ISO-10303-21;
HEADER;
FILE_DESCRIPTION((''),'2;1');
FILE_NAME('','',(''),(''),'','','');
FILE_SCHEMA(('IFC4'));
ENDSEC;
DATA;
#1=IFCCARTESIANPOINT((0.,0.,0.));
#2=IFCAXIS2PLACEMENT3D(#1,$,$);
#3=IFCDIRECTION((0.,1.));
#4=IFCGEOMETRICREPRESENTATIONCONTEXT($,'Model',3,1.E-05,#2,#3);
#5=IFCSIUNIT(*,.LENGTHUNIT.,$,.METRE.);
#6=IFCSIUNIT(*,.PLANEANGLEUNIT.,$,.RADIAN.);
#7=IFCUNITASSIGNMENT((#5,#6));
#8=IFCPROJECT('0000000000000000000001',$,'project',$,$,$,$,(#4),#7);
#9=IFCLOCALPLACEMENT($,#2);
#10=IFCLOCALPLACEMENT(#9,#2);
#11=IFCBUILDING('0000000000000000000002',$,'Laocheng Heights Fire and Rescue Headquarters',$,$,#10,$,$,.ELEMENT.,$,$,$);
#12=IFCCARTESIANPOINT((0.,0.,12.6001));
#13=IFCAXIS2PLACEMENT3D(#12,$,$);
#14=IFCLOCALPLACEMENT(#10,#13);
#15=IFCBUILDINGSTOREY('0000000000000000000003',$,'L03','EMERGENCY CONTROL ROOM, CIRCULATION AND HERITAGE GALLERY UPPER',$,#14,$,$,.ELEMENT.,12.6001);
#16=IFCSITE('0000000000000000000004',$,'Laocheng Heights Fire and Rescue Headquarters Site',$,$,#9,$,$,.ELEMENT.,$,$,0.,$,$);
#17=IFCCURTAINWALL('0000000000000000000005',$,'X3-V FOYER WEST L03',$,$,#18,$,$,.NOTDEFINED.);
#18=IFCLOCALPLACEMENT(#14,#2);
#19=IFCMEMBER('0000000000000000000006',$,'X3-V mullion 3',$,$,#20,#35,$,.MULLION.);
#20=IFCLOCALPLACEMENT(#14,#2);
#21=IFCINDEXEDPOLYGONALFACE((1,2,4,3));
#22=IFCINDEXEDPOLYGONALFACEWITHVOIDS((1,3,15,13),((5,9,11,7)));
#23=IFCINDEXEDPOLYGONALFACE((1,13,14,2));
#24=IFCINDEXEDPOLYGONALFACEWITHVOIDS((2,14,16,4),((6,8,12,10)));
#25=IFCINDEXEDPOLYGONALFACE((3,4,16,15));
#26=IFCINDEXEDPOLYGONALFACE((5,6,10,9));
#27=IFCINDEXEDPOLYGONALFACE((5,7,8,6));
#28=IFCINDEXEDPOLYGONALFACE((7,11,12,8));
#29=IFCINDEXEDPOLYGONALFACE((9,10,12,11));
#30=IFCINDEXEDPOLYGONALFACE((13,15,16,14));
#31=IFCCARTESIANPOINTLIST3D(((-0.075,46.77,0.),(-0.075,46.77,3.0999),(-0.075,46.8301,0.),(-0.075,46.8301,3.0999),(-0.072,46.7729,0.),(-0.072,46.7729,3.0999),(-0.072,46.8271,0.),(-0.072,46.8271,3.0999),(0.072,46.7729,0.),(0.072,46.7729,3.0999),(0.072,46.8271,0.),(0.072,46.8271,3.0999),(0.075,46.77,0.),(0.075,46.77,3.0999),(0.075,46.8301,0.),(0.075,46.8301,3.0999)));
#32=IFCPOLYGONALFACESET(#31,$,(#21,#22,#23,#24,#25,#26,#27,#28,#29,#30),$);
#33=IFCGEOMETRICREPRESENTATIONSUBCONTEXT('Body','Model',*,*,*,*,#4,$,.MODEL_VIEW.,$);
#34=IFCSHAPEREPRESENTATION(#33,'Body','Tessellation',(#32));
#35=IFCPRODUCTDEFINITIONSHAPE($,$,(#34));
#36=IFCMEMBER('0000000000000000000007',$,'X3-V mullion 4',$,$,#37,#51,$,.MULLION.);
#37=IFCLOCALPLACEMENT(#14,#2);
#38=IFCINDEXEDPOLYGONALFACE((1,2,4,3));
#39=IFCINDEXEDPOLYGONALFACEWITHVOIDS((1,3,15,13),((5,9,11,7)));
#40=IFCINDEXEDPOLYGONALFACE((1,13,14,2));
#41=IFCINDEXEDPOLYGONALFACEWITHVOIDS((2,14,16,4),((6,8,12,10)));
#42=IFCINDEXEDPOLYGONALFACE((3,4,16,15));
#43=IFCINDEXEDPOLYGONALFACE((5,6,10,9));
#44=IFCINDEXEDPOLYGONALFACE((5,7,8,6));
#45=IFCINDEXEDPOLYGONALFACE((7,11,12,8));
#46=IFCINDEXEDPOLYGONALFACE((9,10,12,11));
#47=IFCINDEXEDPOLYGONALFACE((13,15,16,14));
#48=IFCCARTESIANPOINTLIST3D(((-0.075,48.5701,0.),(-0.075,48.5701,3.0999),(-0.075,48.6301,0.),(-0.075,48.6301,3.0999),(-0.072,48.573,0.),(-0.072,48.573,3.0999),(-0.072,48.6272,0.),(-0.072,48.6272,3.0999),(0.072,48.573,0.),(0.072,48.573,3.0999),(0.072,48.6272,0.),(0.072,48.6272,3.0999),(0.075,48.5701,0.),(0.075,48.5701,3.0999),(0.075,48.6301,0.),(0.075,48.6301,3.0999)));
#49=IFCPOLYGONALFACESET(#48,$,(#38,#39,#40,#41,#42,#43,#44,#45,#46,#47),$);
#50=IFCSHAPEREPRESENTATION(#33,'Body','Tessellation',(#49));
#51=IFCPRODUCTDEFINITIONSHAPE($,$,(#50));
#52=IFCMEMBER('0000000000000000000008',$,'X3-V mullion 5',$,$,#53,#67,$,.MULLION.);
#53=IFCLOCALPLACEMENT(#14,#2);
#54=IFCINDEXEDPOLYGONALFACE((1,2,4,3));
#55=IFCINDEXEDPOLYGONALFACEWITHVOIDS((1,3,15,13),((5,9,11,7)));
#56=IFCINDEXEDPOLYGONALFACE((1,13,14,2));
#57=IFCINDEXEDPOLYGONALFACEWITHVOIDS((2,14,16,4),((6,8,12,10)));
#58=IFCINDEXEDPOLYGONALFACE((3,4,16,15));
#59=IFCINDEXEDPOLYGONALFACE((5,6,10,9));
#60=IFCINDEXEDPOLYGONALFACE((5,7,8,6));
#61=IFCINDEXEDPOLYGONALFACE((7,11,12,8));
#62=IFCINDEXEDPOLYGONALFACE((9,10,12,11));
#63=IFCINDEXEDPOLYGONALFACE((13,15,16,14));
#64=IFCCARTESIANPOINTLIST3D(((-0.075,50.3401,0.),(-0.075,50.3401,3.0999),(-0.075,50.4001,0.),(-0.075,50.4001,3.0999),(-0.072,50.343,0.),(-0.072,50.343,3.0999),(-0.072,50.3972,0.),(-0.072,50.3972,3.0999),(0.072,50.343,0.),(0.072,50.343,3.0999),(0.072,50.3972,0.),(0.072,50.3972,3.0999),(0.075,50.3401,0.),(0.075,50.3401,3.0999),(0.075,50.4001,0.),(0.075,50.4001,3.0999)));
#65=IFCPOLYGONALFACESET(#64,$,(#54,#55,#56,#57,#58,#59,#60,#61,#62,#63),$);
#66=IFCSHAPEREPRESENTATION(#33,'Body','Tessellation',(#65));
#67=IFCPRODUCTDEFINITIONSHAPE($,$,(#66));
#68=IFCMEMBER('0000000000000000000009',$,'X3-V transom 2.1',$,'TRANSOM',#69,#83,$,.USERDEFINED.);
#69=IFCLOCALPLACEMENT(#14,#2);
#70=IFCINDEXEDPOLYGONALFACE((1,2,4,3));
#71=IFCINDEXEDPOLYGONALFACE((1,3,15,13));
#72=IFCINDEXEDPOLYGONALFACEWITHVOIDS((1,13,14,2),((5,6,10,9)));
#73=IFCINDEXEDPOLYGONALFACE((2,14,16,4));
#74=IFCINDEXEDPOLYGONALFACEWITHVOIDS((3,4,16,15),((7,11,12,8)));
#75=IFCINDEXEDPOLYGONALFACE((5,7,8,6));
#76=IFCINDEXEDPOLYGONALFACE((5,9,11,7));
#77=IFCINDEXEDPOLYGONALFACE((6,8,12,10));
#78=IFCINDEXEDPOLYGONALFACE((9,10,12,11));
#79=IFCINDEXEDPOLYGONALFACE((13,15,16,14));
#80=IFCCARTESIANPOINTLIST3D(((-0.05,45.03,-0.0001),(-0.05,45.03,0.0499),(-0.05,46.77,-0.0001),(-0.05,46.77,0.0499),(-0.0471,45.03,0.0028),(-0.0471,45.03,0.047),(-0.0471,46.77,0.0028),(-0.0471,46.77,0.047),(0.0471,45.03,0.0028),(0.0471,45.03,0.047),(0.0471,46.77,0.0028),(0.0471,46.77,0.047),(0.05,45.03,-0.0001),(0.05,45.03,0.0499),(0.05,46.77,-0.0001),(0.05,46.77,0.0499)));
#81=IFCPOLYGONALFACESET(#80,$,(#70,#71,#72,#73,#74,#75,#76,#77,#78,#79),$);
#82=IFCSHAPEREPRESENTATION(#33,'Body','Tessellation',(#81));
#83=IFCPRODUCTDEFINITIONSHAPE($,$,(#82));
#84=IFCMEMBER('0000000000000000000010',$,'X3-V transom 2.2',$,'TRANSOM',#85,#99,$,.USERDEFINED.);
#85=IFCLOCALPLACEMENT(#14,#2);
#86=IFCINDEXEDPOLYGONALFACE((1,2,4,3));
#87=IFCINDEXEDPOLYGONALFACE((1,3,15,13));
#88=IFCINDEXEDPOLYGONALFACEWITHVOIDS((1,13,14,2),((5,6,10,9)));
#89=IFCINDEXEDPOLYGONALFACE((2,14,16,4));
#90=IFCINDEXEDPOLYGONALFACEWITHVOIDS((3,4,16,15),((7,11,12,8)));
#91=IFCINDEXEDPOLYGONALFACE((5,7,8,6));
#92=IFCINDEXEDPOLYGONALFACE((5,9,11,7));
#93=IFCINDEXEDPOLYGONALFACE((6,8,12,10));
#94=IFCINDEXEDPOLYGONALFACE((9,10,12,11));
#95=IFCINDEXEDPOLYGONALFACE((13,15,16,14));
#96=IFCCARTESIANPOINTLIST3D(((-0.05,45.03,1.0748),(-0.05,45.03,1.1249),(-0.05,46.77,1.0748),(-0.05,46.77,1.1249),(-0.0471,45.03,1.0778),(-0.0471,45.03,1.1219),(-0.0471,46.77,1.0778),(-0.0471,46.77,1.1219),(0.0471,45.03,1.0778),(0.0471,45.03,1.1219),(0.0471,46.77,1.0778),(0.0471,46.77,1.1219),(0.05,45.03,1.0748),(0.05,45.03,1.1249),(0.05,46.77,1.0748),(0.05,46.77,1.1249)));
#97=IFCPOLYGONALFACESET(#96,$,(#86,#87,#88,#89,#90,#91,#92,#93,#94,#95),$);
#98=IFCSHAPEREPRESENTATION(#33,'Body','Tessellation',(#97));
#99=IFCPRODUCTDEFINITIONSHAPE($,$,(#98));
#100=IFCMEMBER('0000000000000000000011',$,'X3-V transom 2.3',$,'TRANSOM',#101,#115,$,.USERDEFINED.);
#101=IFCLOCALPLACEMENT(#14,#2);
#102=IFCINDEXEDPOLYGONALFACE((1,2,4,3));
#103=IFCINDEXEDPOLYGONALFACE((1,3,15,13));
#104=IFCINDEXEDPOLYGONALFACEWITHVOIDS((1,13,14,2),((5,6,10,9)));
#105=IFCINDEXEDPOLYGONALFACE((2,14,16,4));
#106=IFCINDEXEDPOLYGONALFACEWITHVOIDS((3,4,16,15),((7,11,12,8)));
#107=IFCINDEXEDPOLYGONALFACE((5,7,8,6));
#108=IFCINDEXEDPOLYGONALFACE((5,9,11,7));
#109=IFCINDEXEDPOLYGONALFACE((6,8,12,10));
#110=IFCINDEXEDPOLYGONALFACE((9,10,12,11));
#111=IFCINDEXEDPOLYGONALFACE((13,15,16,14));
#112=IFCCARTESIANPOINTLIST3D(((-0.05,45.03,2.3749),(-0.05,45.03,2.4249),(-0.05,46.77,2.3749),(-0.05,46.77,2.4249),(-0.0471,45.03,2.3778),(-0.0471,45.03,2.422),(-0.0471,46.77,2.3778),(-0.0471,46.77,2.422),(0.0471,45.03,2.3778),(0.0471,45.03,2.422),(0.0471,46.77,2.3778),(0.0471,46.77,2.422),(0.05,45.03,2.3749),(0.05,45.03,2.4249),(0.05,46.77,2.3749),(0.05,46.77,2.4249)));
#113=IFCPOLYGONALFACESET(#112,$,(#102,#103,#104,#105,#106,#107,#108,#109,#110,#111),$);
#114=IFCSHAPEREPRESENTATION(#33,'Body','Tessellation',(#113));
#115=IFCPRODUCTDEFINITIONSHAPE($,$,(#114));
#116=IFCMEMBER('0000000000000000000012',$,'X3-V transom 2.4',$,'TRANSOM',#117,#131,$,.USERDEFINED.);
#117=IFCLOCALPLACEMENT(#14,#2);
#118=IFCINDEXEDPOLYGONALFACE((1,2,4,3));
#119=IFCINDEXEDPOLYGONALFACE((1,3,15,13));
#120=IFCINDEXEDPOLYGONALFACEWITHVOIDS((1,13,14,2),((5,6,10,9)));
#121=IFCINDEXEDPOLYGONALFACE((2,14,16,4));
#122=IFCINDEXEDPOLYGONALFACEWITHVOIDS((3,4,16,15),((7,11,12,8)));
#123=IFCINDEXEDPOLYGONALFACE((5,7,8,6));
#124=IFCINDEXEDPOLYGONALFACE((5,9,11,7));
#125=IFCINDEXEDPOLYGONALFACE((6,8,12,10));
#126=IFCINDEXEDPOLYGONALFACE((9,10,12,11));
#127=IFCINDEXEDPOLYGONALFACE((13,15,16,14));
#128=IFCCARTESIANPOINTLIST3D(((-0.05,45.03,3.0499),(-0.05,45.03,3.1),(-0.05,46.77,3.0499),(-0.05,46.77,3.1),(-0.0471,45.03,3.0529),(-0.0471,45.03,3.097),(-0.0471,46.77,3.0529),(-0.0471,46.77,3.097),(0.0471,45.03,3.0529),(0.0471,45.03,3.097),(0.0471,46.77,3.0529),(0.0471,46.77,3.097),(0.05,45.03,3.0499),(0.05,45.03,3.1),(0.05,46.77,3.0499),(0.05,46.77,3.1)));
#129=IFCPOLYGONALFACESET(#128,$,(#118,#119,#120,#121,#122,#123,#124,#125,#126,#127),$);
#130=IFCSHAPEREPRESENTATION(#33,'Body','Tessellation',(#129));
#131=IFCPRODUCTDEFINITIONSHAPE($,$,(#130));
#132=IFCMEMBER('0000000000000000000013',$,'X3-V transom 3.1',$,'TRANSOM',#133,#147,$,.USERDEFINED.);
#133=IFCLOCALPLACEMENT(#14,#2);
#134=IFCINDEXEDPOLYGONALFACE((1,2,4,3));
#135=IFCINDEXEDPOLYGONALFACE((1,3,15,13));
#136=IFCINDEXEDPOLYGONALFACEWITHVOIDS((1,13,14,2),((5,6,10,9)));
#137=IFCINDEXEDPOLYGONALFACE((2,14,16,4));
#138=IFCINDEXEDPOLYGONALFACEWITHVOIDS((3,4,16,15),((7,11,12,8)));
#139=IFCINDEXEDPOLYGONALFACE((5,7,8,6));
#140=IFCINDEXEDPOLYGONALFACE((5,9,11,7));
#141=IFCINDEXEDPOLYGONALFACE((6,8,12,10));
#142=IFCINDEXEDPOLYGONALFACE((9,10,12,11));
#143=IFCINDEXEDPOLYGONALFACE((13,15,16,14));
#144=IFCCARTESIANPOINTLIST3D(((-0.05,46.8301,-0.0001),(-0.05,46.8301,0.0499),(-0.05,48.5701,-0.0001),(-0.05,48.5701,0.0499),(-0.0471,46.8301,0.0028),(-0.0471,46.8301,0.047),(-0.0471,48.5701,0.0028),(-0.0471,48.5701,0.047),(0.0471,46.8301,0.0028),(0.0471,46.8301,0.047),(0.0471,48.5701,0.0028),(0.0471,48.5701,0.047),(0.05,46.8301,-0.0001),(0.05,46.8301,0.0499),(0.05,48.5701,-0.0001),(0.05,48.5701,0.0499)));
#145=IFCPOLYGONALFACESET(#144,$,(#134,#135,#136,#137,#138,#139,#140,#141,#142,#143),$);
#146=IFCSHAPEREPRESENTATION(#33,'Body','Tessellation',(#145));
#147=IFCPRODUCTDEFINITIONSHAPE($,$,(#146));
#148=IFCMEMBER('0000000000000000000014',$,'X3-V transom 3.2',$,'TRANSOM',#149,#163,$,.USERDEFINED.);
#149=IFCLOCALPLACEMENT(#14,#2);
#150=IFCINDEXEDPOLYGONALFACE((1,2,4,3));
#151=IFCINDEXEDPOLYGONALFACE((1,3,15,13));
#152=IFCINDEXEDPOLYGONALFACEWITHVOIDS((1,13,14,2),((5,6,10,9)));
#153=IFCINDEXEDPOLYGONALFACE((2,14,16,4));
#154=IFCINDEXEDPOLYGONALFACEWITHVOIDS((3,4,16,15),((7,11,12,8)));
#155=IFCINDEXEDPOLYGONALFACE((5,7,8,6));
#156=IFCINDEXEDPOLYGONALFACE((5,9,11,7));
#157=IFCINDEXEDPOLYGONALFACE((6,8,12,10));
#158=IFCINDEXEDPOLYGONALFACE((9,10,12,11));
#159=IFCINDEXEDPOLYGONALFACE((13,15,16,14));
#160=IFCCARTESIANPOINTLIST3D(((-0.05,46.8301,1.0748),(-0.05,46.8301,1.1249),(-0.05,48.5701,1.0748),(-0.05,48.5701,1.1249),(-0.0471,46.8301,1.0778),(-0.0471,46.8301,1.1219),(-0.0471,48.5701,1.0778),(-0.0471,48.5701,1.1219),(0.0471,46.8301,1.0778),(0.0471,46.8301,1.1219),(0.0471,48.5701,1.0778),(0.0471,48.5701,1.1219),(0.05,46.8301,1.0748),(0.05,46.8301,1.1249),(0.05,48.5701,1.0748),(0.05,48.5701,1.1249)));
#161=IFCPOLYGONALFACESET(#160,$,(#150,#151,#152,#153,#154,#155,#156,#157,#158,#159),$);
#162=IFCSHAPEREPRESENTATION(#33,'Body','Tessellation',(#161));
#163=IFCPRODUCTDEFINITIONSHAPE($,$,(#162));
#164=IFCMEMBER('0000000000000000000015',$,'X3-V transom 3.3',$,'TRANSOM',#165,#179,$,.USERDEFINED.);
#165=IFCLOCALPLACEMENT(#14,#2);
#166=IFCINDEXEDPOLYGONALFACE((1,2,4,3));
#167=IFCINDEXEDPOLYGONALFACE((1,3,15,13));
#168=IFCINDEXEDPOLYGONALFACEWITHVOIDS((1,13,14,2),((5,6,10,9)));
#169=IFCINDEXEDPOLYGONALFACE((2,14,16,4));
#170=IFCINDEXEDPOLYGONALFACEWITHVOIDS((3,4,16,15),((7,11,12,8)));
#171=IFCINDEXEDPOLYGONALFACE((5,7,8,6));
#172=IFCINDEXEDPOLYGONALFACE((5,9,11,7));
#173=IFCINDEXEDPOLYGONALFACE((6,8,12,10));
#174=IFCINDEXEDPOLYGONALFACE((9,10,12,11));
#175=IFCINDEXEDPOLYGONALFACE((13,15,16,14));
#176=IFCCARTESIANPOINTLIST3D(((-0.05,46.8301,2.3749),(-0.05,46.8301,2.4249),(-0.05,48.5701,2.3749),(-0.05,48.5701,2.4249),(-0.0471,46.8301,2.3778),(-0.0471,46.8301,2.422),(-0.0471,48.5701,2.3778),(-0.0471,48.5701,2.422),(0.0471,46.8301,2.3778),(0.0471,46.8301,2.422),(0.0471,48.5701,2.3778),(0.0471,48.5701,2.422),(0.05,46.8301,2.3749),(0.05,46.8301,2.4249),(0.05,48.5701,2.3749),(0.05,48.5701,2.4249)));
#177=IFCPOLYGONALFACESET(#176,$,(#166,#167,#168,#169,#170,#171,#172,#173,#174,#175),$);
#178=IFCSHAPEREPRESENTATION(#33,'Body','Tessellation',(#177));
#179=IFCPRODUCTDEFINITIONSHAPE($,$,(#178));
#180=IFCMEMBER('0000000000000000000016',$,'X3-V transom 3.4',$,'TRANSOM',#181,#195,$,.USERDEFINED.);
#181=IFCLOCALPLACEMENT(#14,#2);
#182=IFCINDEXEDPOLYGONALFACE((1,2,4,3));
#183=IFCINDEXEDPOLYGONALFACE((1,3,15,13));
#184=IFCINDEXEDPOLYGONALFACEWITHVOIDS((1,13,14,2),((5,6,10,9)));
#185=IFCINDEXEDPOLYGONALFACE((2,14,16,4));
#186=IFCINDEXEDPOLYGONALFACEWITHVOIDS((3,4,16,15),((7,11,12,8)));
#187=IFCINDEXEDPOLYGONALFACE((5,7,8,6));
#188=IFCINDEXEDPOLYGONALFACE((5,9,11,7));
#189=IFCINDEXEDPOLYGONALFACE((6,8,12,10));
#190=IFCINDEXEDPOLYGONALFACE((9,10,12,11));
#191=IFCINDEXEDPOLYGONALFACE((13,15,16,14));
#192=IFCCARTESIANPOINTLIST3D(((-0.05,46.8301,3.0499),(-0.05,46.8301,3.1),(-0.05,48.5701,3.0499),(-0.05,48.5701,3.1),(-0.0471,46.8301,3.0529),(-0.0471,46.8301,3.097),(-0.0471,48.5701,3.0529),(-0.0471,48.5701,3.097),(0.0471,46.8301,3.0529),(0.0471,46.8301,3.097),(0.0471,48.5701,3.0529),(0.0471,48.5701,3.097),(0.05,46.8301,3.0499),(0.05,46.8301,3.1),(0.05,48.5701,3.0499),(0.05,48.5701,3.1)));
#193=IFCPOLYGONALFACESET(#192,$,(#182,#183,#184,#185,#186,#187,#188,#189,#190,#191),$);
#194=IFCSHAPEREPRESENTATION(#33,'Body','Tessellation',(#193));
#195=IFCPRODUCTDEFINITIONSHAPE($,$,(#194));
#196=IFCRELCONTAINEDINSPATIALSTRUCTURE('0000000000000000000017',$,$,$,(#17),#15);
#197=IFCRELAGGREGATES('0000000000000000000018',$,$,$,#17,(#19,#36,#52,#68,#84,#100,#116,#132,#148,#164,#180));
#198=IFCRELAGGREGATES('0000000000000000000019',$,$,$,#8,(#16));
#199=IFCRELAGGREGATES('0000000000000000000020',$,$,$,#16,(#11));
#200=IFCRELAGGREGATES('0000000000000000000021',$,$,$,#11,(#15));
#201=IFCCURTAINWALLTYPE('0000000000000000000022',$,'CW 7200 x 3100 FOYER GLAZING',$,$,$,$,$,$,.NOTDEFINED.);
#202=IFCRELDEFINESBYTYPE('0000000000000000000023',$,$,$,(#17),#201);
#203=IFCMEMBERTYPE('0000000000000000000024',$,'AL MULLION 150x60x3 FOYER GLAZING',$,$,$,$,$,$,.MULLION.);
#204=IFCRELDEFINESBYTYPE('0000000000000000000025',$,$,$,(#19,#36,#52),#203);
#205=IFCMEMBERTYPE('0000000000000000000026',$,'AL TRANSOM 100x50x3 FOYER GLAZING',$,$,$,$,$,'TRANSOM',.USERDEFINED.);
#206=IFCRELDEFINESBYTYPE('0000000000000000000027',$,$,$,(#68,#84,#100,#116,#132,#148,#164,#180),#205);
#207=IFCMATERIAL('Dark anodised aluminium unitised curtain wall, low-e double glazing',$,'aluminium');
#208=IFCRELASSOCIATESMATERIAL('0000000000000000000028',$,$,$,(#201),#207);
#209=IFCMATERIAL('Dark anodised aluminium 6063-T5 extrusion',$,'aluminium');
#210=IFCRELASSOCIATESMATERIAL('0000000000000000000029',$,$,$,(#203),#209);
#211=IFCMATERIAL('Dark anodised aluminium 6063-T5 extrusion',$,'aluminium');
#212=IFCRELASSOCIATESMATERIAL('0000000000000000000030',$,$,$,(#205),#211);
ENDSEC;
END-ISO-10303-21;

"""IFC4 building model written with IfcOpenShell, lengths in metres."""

from ifc_helpers import new_model, si_unit, direction, frame, origin, origin_2d, place, context, subcontext, project, spatial, hollow_rectangle, extrude, material, material_profile, profile_set, type_object, element, aggregate, save


model = new_model("IFC4")

# Units and contexts
model_context = context("Model", 3, precision=1e-05, world=origin(), true_north=direction((0.0, 1.0)))
body_context = subcontext(model_context, "Body", "Model", "MODEL_VIEW")
ifc_project = project(units=[si_unit("LENGTHUNIT", "METRE"), si_unit("PLANEANGLEUNIT", "RADIAN")], contexts=[model_context])

# Site, building, storey
site_placement = place(None, origin())
site = spatial("IfcSite", under=ifc_project, at=site_placement, Name="Laocheng Heights Fire and Rescue Headquarters Site", CompositionType="ELEMENT", RefElevation=0.0)
building_placement = place(site_placement, origin())
building = spatial("IfcBuilding", under=site, at=building_placement, Name="Laocheng Heights Fire and Rescue Headquarters", CompositionType="ELEMENT")
storey_placement = place(building_placement, frame((0.0, 0.0, 12.6001)))
storey = spatial("IfcBuildingStorey", under=building, at=storey_placement, Name="L03", Description="EMERGENCY CONTROL ROOM, CIRCULATION AND HERITAGE GALLERY UPPER", CompositionType="ELEMENT", Elevation=12.6001)

# Curtain wall, members
ifc_material_1 = material(Name="Dark anodised aluminium unitised curtain wall, low-e double glazing", Category="aluminium")
curtain_wall_type = type_object("IfcCurtainWallType", Name="CW 7200 x 3100 FOYER GLAZING", PredefinedType="NOTDEFINED", material=ifc_material_1)
curtain_wall_placement = place(storey_placement, origin())
curtain_wall = element("IfcCurtainWall", 1, at=curtain_wall_placement, inside=storey, type_object=curtain_wall_type, Name="X3-V FOYER WEST L03", PredefinedType="NOTDEFINED")
ifc_material_2 = material(Name="Dark anodised aluminium 6063-T5 extrusion", Category="aluminium")
ifc_material_profile_1 = material_profile(ifc_material_2, hollow_rectangle(XDim=0.1499, YDim=0.0601, WallThickness=0.0029, at=origin_2d()), Name="AL MULLION 150x60x3 FOYER GLAZING")
ifc_profile_set_1 = profile_set([ifc_material_profile_1], Name="Dark anodised aluminium 6063-T5 extrusion")
member_type_1 = type_object("IfcMemberType", Name="AL MULLION 150x60x3 FOYER GLAZING", PredefinedType="MULLION", material=ifc_profile_set_1)
member_1_placement = place(storey_placement, frame((0.0, 46.8, 0.0), z_axis=(0.0, 0.0, 1.0), x_axis=(-1.0, 0.0, 0.0)))
member_1 = element("IfcMember", 2, at=member_1_placement, type_object=member_type_1, Name="X3-V mullion 3", PredefinedType="MULLION", context=body_context, shape_type="SweptSolid", body=[
    extrude(hollow_rectangle(XDim=0.1499, YDim=0.0601, WallThickness=0.0029, at=origin_2d()), origin(), (0.0, 0.0, 1.0), 3.0999),
])
member_2_placement = place(storey_placement, frame((0.0, 48.6001, 0.0), z_axis=(0.0, 0.0, 1.0), x_axis=(-1.0, 0.0, 0.0)))
member_2 = element("IfcMember", 3, at=member_2_placement, type_object=member_type_1, Name="X3-V mullion 4", PredefinedType="MULLION", context=body_context, shape_type="SweptSolid", body=[
    extrude(hollow_rectangle(XDim=0.1499, YDim=0.0601, WallThickness=0.0029, at=origin_2d()), origin(), (0.0, 0.0, 1.0), 3.0999),
])
member_3_placement = place(storey_placement, frame((0.0, 50.3701, 0.0), z_axis=(0.0, 0.0, 1.0), x_axis=(-1.0, 0.0, 0.0)))
member_3 = element("IfcMember", 4, at=member_3_placement, type_object=member_type_1, Name="X3-V mullion 5", PredefinedType="MULLION", context=body_context, shape_type="SweptSolid", body=[
    extrude(hollow_rectangle(XDim=0.1499, YDim=0.0601, WallThickness=0.0029, at=origin_2d()), origin(), (0.0, 0.0, 1.0), 3.0999),
])
ifc_material_3 = material(Name="Dark anodised aluminium 6063-T5 extrusion", Category="aluminium")
ifc_material_profile_2 = material_profile(ifc_material_3, hollow_rectangle(XDim=0.1001, YDim=0.05, WallThickness=0.0029, at=origin_2d()), Name="AL TRANSOM 100x50x3 FOYER GLAZING")
ifc_profile_set_2 = profile_set([ifc_material_profile_2], Name="Dark anodised aluminium 6063-T5 extrusion")
member_type_2 = type_object("IfcMemberType", Name="AL TRANSOM 100x50x3 FOYER GLAZING", ElementType="TRANSOM", PredefinedType="USERDEFINED", material=ifc_profile_set_2)
member_4_placement = place(storey_placement, frame((0.0, 45.03, 0.0249), z_axis=(0.0, 1.0, 0.0), x_axis=(-1.0, 0.0, 0.0)))
member_4 = element("IfcMember", 5, at=member_4_placement, type_object=member_type_2, Name="X3-V transom 2.1", ObjectType="TRANSOM", PredefinedType="USERDEFINED", context=body_context, shape_type="SweptSolid", body=[
    extrude(hollow_rectangle(XDim=0.1001, YDim=0.05, WallThickness=0.0029, at=origin_2d()), origin(), (0.0, 0.0, 1.0), 1.74),
])
member_5_placement = place(storey_placement, frame((0.0, 45.03, 1.0999), z_axis=(0.0, 1.0, 0.0), x_axis=(-1.0, 0.0, 0.0)))
member_5 = element("IfcMember", 6, at=member_5_placement, type_object=member_type_2, Name="X3-V transom 2.2", ObjectType="TRANSOM", PredefinedType="USERDEFINED", context=body_context, shape_type="SweptSolid", body=[
    extrude(hollow_rectangle(XDim=0.1001, YDim=0.05, WallThickness=0.0029, at=origin_2d()), origin(), (0.0, 0.0, 1.0), 1.74),
])
member_6_placement = place(storey_placement, frame((0.0, 45.03, 2.3999), z_axis=(0.0, 1.0, 0.0), x_axis=(-1.0, 0.0, 0.0)))
member_6 = element("IfcMember", 7, at=member_6_placement, type_object=member_type_2, Name="X3-V transom 2.3", ObjectType="TRANSOM", PredefinedType="USERDEFINED", context=body_context, shape_type="SweptSolid", body=[
    extrude(hollow_rectangle(XDim=0.1001, YDim=0.05, WallThickness=0.0029, at=origin_2d()), origin(), (0.0, 0.0, 1.0), 1.74),
])
member_7_placement = place(storey_placement, frame((0.0, 45.03, 3.075), z_axis=(0.0, 1.0, 0.0), x_axis=(-1.0, 0.0, 0.0)))
member_7 = element("IfcMember", 8, at=member_7_placement, type_object=member_type_2, Name="X3-V transom 2.4", ObjectType="TRANSOM", PredefinedType="USERDEFINED", context=body_context, shape_type="SweptSolid", body=[
    extrude(hollow_rectangle(XDim=0.1001, YDim=0.05, WallThickness=0.0029, at=origin_2d()), origin(), (0.0, 0.0, 1.0), 1.74),
])
member_8_placement = place(storey_placement, frame((0.0, 46.8301, 0.0249), z_axis=(0.0, 1.0, 0.0), x_axis=(-1.0, 0.0, 0.0)))
member_8 = element("IfcMember", 9, at=member_8_placement, type_object=member_type_2, Name="X3-V transom 3.1", ObjectType="TRANSOM", PredefinedType="USERDEFINED", context=body_context, shape_type="SweptSolid", body=[
    extrude(hollow_rectangle(XDim=0.1001, YDim=0.05, WallThickness=0.0029, at=origin_2d()), origin(), (0.0, 0.0, 1.0), 1.74),
])
member_9_placement = place(storey_placement, frame((0.0, 46.8301, 1.0999), z_axis=(0.0, 1.0, 0.0), x_axis=(-1.0, 0.0, 0.0)))
member_9 = element("IfcMember", 10, at=member_9_placement, type_object=member_type_2, Name="X3-V transom 3.2", ObjectType="TRANSOM", PredefinedType="USERDEFINED", context=body_context, shape_type="SweptSolid", body=[
    extrude(hollow_rectangle(XDim=0.1001, YDim=0.05, WallThickness=0.0029, at=origin_2d()), origin(), (0.0, 0.0, 1.0), 1.74),
])
member_10_placement = place(storey_placement, frame((0.0, 46.8301, 2.3999), z_axis=(0.0, 1.0, 0.0), x_axis=(-1.0, 0.0, 0.0)))
member_10 = element("IfcMember", 11, at=member_10_placement, type_object=member_type_2, Name="X3-V transom 3.3", ObjectType="TRANSOM", PredefinedType="USERDEFINED", context=body_context, shape_type="SweptSolid", body=[
    extrude(hollow_rectangle(XDim=0.1001, YDim=0.05, WallThickness=0.0029, at=origin_2d()), origin(), (0.0, 0.0, 1.0), 1.74),
])
member_11_placement = place(storey_placement, frame((0.0, 46.8301, 3.075), z_axis=(0.0, 1.0, 0.0), x_axis=(-1.0, 0.0, 0.0)))
member_11 = element("IfcMember", 12, at=member_11_placement, type_object=member_type_2, Name="X3-V transom 3.4", ObjectType="TRANSOM", PredefinedType="USERDEFINED", context=body_context, shape_type="SweptSolid", body=[
    extrude(hollow_rectangle(XDim=0.1001, YDim=0.05, WallThickness=0.0029, at=origin_2d()), origin(), (0.0, 0.0, 1.0), 1.74),
])
aggregate(curtain_wall, [member_1, member_2, member_3, member_4, member_5, member_6, member_7, member_8, member_9, member_10, member_11])

save(model, "model.ifc")
